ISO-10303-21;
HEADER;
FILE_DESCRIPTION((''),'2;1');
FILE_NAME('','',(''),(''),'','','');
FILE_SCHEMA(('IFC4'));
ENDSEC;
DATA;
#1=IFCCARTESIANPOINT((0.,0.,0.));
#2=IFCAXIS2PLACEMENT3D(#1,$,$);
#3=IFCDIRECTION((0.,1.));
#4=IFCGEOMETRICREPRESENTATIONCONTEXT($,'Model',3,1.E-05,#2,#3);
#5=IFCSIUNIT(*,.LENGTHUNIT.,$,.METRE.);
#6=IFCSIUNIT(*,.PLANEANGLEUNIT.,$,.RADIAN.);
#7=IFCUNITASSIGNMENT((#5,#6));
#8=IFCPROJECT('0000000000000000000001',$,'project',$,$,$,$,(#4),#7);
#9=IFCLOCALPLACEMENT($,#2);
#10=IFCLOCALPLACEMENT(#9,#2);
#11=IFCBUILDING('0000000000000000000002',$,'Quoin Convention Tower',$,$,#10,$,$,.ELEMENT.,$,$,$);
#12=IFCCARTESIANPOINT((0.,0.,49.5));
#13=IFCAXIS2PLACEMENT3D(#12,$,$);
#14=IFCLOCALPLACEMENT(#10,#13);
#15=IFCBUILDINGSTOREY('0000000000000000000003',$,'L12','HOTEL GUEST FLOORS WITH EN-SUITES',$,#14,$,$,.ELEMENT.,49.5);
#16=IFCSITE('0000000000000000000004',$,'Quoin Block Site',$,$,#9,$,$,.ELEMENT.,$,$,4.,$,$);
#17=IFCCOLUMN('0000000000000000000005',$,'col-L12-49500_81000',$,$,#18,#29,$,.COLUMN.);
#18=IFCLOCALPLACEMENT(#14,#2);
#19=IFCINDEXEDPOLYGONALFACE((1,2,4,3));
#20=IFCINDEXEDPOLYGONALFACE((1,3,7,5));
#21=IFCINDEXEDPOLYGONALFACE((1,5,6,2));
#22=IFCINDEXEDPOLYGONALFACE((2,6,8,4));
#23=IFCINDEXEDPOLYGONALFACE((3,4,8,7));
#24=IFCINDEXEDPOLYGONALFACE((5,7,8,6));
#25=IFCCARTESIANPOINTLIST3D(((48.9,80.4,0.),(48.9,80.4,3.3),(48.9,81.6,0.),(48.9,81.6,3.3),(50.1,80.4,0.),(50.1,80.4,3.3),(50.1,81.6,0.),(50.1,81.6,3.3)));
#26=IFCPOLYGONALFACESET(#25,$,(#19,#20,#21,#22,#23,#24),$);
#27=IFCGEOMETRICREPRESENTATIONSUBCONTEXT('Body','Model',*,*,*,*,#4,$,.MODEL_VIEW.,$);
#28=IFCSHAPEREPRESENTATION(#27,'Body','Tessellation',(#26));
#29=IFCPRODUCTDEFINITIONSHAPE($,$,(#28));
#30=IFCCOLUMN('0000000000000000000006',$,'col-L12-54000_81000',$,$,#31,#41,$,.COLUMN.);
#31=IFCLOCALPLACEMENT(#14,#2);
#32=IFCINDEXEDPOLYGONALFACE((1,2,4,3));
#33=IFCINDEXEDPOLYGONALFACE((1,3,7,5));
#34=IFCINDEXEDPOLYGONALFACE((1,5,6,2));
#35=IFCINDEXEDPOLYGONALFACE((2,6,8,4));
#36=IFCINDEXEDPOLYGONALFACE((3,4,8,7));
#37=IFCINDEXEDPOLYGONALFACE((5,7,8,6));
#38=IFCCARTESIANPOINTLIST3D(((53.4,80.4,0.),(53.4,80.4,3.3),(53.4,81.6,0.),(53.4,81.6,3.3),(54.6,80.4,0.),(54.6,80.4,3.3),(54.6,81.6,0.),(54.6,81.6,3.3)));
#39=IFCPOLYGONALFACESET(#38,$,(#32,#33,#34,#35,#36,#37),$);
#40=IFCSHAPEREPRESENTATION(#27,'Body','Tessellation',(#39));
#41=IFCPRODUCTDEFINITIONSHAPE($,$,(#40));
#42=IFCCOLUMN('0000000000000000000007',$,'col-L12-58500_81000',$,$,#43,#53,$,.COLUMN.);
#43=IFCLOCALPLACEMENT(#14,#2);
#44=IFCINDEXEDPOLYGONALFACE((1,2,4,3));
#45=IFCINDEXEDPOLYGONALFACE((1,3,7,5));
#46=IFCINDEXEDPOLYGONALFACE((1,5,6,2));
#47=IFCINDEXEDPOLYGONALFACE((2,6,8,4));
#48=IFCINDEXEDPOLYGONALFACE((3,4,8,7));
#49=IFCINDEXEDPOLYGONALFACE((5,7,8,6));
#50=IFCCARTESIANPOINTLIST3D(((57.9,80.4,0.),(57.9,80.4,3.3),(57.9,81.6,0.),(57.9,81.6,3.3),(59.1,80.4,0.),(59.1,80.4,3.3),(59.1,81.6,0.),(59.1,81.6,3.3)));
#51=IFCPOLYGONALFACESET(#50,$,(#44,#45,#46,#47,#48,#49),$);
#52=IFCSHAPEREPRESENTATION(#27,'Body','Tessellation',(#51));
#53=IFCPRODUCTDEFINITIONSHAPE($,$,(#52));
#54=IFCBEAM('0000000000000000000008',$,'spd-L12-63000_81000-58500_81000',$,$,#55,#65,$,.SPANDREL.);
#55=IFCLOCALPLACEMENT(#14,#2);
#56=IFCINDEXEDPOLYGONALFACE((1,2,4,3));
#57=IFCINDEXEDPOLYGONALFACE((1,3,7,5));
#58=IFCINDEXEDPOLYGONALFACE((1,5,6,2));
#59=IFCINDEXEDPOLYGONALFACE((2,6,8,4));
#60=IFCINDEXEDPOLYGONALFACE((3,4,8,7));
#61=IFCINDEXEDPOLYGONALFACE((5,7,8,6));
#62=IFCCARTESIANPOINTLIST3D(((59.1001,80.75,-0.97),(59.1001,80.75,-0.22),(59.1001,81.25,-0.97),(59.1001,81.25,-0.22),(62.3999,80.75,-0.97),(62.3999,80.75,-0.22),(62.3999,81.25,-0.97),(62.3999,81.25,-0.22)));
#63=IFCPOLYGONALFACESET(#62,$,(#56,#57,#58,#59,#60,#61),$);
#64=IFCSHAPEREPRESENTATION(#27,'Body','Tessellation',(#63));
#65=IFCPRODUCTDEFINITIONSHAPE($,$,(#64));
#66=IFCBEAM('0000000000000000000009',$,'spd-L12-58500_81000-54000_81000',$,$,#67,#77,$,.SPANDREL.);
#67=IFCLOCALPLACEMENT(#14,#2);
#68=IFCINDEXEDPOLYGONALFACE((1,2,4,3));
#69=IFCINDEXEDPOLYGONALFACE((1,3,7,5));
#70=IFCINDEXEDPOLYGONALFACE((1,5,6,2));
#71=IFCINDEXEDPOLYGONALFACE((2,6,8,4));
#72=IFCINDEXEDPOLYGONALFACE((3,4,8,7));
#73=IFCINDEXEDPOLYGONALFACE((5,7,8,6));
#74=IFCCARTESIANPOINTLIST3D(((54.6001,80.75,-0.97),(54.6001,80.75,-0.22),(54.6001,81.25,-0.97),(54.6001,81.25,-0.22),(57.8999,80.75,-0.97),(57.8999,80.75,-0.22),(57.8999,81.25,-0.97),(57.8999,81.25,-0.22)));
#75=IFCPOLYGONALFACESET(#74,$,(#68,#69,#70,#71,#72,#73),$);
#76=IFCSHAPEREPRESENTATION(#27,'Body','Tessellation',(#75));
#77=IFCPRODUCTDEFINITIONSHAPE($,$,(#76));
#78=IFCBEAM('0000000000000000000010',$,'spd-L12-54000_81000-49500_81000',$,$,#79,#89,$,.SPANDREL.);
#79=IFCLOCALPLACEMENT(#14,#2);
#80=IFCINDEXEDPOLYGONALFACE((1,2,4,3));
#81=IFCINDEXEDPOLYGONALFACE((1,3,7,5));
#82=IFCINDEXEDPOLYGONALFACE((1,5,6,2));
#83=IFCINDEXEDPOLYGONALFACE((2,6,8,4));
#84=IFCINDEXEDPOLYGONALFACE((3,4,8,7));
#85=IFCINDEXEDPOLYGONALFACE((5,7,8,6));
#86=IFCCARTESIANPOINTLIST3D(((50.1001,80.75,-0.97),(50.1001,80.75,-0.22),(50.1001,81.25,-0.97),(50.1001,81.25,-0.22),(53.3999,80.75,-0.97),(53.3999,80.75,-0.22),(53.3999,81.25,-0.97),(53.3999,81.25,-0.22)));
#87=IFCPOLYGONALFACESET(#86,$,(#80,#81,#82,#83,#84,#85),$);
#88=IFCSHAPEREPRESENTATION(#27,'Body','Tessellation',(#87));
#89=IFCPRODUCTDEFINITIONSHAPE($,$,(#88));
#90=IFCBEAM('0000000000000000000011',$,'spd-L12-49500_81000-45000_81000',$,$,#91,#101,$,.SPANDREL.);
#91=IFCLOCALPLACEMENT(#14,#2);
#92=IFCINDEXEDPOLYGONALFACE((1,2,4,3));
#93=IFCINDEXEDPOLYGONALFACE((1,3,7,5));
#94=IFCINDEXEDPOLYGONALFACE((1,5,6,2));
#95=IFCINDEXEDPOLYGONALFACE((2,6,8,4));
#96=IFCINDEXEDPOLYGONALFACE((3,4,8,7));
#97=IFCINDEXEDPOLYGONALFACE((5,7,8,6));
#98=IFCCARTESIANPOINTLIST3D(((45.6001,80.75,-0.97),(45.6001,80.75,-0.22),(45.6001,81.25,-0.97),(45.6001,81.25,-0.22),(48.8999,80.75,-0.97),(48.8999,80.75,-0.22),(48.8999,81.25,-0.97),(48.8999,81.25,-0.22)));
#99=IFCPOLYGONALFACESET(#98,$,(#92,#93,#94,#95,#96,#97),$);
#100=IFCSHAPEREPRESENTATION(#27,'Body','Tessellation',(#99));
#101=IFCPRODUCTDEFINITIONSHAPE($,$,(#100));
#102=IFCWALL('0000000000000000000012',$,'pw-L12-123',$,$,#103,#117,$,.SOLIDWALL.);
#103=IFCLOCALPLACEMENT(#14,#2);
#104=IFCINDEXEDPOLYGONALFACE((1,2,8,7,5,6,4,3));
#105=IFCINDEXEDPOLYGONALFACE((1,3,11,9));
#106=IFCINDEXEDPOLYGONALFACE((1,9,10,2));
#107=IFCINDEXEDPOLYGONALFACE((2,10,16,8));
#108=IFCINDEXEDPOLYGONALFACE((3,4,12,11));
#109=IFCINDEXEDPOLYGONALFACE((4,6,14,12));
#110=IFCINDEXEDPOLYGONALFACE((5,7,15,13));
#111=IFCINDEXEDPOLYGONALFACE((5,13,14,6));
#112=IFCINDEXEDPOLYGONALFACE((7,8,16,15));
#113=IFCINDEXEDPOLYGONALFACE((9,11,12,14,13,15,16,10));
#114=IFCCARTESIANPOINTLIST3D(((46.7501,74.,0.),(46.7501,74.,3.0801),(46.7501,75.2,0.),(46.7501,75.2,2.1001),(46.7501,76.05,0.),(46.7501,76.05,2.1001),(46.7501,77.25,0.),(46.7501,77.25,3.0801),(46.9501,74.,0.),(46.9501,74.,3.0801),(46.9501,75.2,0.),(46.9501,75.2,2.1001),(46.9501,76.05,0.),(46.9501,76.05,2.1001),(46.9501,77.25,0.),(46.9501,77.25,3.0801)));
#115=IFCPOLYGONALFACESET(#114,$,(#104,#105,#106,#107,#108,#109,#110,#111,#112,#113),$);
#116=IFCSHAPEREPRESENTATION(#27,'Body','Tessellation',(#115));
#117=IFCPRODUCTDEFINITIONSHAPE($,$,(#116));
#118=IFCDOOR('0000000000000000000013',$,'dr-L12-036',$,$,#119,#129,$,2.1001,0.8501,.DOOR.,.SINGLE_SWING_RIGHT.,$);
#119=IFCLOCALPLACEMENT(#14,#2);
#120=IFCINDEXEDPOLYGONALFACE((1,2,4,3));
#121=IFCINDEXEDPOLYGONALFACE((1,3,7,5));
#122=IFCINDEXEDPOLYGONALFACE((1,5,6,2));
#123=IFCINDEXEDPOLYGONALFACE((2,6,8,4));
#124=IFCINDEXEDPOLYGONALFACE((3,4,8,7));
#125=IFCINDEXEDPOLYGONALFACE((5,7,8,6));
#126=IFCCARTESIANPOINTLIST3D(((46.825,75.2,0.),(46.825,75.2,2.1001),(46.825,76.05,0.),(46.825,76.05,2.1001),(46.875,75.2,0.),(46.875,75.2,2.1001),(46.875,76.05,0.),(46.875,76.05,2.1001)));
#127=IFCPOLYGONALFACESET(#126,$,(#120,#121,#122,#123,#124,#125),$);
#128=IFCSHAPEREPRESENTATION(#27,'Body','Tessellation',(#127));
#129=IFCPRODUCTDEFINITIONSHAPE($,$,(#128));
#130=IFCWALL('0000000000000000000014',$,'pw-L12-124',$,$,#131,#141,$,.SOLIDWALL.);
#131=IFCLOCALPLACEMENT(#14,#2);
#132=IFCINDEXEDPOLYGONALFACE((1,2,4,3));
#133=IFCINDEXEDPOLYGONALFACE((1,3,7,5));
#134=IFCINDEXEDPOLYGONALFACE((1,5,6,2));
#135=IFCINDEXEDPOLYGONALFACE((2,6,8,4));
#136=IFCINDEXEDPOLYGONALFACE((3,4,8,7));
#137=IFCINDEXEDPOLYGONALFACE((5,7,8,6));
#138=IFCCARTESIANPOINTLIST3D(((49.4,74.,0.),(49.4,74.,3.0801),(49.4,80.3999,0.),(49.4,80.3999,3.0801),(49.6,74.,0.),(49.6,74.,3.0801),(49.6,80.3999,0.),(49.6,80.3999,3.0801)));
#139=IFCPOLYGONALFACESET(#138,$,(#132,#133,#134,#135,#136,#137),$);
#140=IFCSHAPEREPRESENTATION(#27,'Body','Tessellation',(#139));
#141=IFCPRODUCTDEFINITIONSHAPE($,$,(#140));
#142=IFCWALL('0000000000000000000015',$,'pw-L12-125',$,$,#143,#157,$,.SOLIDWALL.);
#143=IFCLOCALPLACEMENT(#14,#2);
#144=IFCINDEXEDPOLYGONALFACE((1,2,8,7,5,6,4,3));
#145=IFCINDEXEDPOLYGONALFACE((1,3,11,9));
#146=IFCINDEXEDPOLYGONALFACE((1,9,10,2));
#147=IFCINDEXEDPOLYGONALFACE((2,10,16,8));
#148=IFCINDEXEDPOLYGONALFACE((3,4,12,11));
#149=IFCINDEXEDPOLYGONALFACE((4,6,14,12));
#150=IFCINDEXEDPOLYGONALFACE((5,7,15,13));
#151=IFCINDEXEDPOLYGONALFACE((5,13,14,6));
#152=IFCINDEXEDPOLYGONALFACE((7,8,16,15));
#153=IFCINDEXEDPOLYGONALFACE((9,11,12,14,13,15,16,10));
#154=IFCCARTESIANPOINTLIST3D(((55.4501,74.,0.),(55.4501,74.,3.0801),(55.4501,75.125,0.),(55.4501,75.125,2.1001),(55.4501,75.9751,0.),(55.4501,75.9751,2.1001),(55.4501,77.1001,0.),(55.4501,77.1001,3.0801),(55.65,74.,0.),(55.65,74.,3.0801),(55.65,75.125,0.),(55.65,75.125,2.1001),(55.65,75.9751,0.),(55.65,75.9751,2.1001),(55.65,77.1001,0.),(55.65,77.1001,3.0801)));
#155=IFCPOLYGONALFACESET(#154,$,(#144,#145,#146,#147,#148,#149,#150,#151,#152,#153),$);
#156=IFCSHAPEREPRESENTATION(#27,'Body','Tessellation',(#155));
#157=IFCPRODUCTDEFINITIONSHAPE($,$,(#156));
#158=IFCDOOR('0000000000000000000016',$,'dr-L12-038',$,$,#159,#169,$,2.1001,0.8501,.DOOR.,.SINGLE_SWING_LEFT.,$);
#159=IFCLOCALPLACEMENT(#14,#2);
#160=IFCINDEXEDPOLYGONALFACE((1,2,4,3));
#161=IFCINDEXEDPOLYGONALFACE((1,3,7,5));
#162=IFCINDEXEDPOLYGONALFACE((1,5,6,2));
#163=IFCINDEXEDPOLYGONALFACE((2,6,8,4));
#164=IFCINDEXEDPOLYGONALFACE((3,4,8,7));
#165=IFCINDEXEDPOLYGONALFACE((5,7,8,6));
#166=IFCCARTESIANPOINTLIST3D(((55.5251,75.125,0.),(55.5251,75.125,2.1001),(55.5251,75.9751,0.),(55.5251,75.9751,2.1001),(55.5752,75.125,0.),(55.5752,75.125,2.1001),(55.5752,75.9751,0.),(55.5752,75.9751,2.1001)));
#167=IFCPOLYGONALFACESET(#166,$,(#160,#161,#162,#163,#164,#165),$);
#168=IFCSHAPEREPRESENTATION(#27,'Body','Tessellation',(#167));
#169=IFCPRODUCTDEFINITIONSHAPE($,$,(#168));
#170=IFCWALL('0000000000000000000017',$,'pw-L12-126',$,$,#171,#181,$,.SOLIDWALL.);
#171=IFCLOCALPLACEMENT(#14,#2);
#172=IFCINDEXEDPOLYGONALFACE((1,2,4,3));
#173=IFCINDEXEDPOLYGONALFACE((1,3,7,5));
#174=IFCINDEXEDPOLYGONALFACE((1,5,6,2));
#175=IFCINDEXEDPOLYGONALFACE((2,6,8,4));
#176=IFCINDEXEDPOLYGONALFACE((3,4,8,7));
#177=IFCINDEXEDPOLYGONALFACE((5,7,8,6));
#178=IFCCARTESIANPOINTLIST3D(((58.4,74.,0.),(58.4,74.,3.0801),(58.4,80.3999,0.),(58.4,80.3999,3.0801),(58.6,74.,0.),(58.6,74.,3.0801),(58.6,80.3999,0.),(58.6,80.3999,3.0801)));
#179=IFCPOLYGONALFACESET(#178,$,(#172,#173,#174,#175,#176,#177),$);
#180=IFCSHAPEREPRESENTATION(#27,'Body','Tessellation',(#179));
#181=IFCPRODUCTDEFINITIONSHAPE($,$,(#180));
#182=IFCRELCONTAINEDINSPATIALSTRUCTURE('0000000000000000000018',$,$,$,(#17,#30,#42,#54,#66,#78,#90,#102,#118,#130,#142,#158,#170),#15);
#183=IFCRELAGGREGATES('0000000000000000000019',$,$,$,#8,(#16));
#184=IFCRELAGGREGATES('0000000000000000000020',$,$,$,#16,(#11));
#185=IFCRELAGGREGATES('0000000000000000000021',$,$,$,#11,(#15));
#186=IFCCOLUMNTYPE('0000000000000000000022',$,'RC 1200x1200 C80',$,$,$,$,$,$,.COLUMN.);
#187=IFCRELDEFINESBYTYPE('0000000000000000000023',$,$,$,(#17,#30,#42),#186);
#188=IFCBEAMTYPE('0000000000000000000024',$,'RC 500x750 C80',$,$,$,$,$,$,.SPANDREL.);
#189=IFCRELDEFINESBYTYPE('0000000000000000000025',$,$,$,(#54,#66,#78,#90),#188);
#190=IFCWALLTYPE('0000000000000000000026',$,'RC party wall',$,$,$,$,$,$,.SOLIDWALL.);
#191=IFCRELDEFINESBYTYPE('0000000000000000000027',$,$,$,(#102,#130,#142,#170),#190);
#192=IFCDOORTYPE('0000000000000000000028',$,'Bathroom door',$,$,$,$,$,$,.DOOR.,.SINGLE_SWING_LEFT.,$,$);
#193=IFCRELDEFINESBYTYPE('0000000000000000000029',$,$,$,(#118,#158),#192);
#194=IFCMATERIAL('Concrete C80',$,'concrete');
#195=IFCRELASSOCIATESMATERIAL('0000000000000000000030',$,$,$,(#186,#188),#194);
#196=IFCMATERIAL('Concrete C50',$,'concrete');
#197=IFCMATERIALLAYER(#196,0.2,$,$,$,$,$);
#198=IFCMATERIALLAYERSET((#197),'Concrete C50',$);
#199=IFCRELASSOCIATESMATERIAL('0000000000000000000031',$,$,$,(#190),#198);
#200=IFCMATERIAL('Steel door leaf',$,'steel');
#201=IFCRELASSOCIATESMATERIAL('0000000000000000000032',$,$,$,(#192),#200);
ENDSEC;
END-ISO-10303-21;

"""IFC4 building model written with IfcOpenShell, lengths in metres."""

from ifc_helpers import new_model, si_unit, direction, frame, frame_2d, origin, origin_2d, place, context, subcontext, project, spatial, rectangle, extrude, material, layer, layer_set, material_profile, profile_set, type_object, element, fill, save


model = new_model("IFC4")

# Units and contexts
model_context = context("Model", 3, precision=1e-05, world=origin(), true_north=direction((0.0, 1.0)))
body_context = subcontext(model_context, "Body", "Model", "MODEL_VIEW")
ifc_project = project(units=[si_unit("LENGTHUNIT", "METRE"), si_unit("PLANEANGLEUNIT", "RADIAN")], contexts=[model_context])

# Site, building, storey
site_placement = place(None, origin())
site = spatial("IfcSite", under=ifc_project, at=site_placement, Name="Quoin Block Site", CompositionType="ELEMENT", RefElevation=4.0)
building_placement = place(site_placement, origin())
building = spatial("IfcBuilding", under=site, at=building_placement, Name="Quoin Convention Tower", CompositionType="ELEMENT")
storey_placement = place(building_placement, frame((0.0, 0.0, 49.5)))
storey = spatial("IfcBuildingStorey", under=building, at=storey_placement, Name="L12", Description="HOTEL GUEST FLOORS WITH EN-SUITES", CompositionType="ELEMENT", Elevation=49.5)

# Columns
ifc_material_1 = material(Name="Concrete C80", Category="concrete")
ifc_material_profile_1 = material_profile(ifc_material_1, rectangle(XDim=1.2, YDim=1.2, at=origin_2d()), Name="RC 1200x1200")
ifc_profile_set_1 = profile_set([ifc_material_profile_1], Name="Concrete C80")
column_type = type_object("IfcColumnType", Name="RC 1200x1200 C80", PredefinedType="COLUMN", material=ifc_profile_set_1)
for number, where, z_axis, x_axis, name in (
    (1, (49.5, 81.0, 0.0), (0.0, 0.0, 1.0), (1.0, 0.0, 0.0), "col-L12-49500_81000"),
    (2, (54.0, 81.0, 0.0), (0.0, 0.0, 1.0), (1.0, 0.0, 0.0), "col-L12-54000_81000"),
    (3, (58.5, 81.0, 0.0), (0.0, 0.0, 1.0), (1.0, 0.0, 0.0), "col-L12-58500_81000"),
):
    element("IfcColumn", number, at=place(storey_placement, frame(where, z_axis=z_axis, x_axis=x_axis)), inside=storey, type_object=column_type, Name=name, PredefinedType="COLUMN", context=body_context, shape_type="SweptSolid", body=[
        extrude(rectangle(XDim=1.2, YDim=1.2, at=origin_2d()), origin(), (0.0, 0.0, 1.0), 3.3),
    ])

# Beams
ifc_material_profile_2 = material_profile(ifc_material_1, rectangle(XDim=0.5, YDim=0.75, at=origin_2d()), Name="RC 500x750")
ifc_profile_set_2 = profile_set([ifc_material_profile_2], Name="Concrete C80")
beam_type = type_object("IfcBeamType", Name="RC 500x750 C80", PredefinedType="SPANDREL", material=ifc_profile_set_2)
for number, where, z_axis, x_axis, name in (
    (4, (62.3999, 81.0, -0.595), (-1.0, 0.0, 0.0), (0.0, -1.0, 0.0), "spd-L12-63000_81000-58500_81000"),
    (5, (57.8999, 81.0, -0.595), (-1.0, 0.0, 0.0), (0.0, -1.0, 0.0), "spd-L12-58500_81000-54000_81000"),
    (6, (53.3999, 81.0, -0.595), (-1.0, 0.0, 0.0), (0.0, -1.0, 0.0), "spd-L12-54000_81000-49500_81000"),
    (7, (48.8999, 81.0, -0.595), (-1.0, 0.0, 0.0), (0.0, -1.0, 0.0), "spd-L12-49500_81000-45000_81000"),
):
    element("IfcBeam", number, at=place(storey_placement, frame(where, z_axis=z_axis, x_axis=x_axis)), inside=storey, type_object=beam_type, Name=name, PredefinedType="SPANDREL", context=body_context, shape_type="SweptSolid", body=[
        extrude(rectangle(XDim=0.5, YDim=0.75, at=origin_2d()), origin(), (0.0, 0.0, 1.0), 3.2998),
    ])

# Wall, opening, door
ifc_material_2 = material(Name="Concrete C50", Category="concrete")
ifc_layer = layer(ifc_material_2, 0.2)
ifc_layer_set = layer_set([ifc_layer], Name="Concrete C50")
wall_type = type_object("IfcWallType", Name="RC party wall", PredefinedType="SOLIDWALL", material=ifc_layer_set)
wall_1_placement = place(storey_placement, frame((46.8501, 74.0, 0.0), z_axis=(0.0, 0.0, 1.0), x_axis=(0.0, 1.0, 0.0)))
wall_1 = element("IfcWall", 8, at=wall_1_placement, inside=storey, type_object=wall_type, Name="pw-L12-123", PredefinedType="SOLIDWALL", context=body_context, shape_type="SweptSolid", body=[
    extrude(rectangle(XDim=3.25, YDim=0.2, at=frame_2d((1.625, 0.0))), origin(), (0.0, 0.0, 1.0), 3.0801),
])
opening_1_placement = place(wall_1_placement, frame((1.2, 0.0, 0.0)))
opening_1 = element("IfcOpeningElement", 9, at=opening_1_placement, cuts=wall_1, PredefinedType="OPENING", context=body_context, shape_type="SweptSolid", body=[
    extrude(rectangle(XDim=0.8501, YDim=2.1001, at=frame_2d((0.425, 1.05))), frame((0.0, 0.1099, 0.0), z_axis=(0.0, -1.0, 0.0), x_axis=(1.0, 0.0, 0.0)), (0.0, 0.0, 1.0), 0.22),
])
ifc_material_3 = material(Name="Steel door leaf", Category="steel")
door_type = type_object("IfcDoorType", Name="Bathroom door", OperationType="SINGLE_SWING_LEFT", PredefinedType="DOOR", material=ifc_material_3)
door_1_placement = place(opening_1_placement, frame((0.8501, 0.0, 0.0), z_axis=(0.0, 0.0, 1.0), x_axis=(-1.0, 0.0, 0.0)))
door_1 = element("IfcDoor", 10, at=door_1_placement, inside=storey, type_object=door_type, Name="dr-L12-036", OperationType="SINGLE_SWING_RIGHT", OverallHeight=2.1001, OverallWidth=0.8501, PredefinedType="DOOR", context=body_context, shape_type="SweptSolid", body=[
    extrude(rectangle(XDim=0.8501, YDim=2.1001, at=frame_2d((0.425, 1.05))), frame((0.0, 0.0249, 0.0), z_axis=(0.0, -1.0, 0.0), x_axis=(1.0, 0.0, 0.0)), (0.0, 0.0, 1.0), 0.05),
])
fill(opening_1, door_1)

# Wall
wall_2_placement = place(storey_placement, frame((49.5, 74.0, 0.0), z_axis=(0.0, 0.0, 1.0), x_axis=(0.0, 1.0, 0.0)))
element("IfcWall", 11, at=wall_2_placement, inside=storey, type_object=wall_type, Name="pw-L12-124", PredefinedType="SOLIDWALL", context=body_context, shape_type="SweptSolid", body=[
    extrude(rectangle(XDim=6.3999, YDim=0.2, at=frame_2d((3.2, 0.0))), origin(), (0.0, 0.0, 1.0), 3.0801),
])

# Wall, opening, door
wall_3_placement = place(storey_placement, frame((55.55, 74.0, 0.0), z_axis=(0.0, 0.0, 1.0), x_axis=(0.0, 1.0, 0.0)))
wall_3 = element("IfcWall", 12, at=wall_3_placement, inside=storey, type_object=wall_type, Name="pw-L12-125", PredefinedType="SOLIDWALL", context=body_context, shape_type="SweptSolid", body=[
    extrude(rectangle(XDim=3.1001, YDim=0.2, at=frame_2d((1.55, 0.0))), origin(), (0.0, 0.0, 1.0), 3.0801),
])
opening_2_placement = place(wall_3_placement, frame((1.125, 0.0, 0.0)))
opening_2 = element("IfcOpeningElement", 13, at=opening_2_placement, cuts=wall_3, PredefinedType="OPENING", context=body_context, shape_type="SweptSolid", body=[
    extrude(rectangle(XDim=0.8501, YDim=2.1001, at=frame_2d((0.425, 1.05))), frame((0.0, 0.1099, 0.0), z_axis=(0.0, -1.0, 0.0), x_axis=(1.0, 0.0, 0.0)), (0.0, 0.0, 1.0), 0.22),
])
door_2_placement = place(opening_2_placement, origin())
door_2 = element("IfcDoor", 14, at=door_2_placement, inside=storey, type_object=door_type, Name="dr-L12-038", OperationType="SINGLE_SWING_LEFT", OverallHeight=2.1001, OverallWidth=0.8501, PredefinedType="DOOR", context=body_context, shape_type="SweptSolid", body=[
    extrude(rectangle(XDim=0.8501, YDim=2.1001, at=frame_2d((0.425, 1.05))), frame((0.0, 0.0249, 0.0), z_axis=(0.0, -1.0, 0.0), x_axis=(1.0, 0.0, 0.0)), (0.0, 0.0, 1.0), 0.05),
])
fill(opening_2, door_2)

# Wall
wall_4_placement = place(storey_placement, frame((58.5, 74.0, 0.0), z_axis=(0.0, 0.0, 1.0), x_axis=(0.0, 1.0, 0.0)))
element("IfcWall", 15, at=wall_4_placement, inside=storey, type_object=wall_type, Name="pw-L12-126", PredefinedType="SOLIDWALL", context=body_context, shape_type="SweptSolid", body=[
    extrude(rectangle(XDim=6.3999, YDim=0.2, at=frame_2d((3.2, 0.0))), origin(), (0.0, 0.0, 1.0), 3.0801),
])

save(model, "model.ifc")
